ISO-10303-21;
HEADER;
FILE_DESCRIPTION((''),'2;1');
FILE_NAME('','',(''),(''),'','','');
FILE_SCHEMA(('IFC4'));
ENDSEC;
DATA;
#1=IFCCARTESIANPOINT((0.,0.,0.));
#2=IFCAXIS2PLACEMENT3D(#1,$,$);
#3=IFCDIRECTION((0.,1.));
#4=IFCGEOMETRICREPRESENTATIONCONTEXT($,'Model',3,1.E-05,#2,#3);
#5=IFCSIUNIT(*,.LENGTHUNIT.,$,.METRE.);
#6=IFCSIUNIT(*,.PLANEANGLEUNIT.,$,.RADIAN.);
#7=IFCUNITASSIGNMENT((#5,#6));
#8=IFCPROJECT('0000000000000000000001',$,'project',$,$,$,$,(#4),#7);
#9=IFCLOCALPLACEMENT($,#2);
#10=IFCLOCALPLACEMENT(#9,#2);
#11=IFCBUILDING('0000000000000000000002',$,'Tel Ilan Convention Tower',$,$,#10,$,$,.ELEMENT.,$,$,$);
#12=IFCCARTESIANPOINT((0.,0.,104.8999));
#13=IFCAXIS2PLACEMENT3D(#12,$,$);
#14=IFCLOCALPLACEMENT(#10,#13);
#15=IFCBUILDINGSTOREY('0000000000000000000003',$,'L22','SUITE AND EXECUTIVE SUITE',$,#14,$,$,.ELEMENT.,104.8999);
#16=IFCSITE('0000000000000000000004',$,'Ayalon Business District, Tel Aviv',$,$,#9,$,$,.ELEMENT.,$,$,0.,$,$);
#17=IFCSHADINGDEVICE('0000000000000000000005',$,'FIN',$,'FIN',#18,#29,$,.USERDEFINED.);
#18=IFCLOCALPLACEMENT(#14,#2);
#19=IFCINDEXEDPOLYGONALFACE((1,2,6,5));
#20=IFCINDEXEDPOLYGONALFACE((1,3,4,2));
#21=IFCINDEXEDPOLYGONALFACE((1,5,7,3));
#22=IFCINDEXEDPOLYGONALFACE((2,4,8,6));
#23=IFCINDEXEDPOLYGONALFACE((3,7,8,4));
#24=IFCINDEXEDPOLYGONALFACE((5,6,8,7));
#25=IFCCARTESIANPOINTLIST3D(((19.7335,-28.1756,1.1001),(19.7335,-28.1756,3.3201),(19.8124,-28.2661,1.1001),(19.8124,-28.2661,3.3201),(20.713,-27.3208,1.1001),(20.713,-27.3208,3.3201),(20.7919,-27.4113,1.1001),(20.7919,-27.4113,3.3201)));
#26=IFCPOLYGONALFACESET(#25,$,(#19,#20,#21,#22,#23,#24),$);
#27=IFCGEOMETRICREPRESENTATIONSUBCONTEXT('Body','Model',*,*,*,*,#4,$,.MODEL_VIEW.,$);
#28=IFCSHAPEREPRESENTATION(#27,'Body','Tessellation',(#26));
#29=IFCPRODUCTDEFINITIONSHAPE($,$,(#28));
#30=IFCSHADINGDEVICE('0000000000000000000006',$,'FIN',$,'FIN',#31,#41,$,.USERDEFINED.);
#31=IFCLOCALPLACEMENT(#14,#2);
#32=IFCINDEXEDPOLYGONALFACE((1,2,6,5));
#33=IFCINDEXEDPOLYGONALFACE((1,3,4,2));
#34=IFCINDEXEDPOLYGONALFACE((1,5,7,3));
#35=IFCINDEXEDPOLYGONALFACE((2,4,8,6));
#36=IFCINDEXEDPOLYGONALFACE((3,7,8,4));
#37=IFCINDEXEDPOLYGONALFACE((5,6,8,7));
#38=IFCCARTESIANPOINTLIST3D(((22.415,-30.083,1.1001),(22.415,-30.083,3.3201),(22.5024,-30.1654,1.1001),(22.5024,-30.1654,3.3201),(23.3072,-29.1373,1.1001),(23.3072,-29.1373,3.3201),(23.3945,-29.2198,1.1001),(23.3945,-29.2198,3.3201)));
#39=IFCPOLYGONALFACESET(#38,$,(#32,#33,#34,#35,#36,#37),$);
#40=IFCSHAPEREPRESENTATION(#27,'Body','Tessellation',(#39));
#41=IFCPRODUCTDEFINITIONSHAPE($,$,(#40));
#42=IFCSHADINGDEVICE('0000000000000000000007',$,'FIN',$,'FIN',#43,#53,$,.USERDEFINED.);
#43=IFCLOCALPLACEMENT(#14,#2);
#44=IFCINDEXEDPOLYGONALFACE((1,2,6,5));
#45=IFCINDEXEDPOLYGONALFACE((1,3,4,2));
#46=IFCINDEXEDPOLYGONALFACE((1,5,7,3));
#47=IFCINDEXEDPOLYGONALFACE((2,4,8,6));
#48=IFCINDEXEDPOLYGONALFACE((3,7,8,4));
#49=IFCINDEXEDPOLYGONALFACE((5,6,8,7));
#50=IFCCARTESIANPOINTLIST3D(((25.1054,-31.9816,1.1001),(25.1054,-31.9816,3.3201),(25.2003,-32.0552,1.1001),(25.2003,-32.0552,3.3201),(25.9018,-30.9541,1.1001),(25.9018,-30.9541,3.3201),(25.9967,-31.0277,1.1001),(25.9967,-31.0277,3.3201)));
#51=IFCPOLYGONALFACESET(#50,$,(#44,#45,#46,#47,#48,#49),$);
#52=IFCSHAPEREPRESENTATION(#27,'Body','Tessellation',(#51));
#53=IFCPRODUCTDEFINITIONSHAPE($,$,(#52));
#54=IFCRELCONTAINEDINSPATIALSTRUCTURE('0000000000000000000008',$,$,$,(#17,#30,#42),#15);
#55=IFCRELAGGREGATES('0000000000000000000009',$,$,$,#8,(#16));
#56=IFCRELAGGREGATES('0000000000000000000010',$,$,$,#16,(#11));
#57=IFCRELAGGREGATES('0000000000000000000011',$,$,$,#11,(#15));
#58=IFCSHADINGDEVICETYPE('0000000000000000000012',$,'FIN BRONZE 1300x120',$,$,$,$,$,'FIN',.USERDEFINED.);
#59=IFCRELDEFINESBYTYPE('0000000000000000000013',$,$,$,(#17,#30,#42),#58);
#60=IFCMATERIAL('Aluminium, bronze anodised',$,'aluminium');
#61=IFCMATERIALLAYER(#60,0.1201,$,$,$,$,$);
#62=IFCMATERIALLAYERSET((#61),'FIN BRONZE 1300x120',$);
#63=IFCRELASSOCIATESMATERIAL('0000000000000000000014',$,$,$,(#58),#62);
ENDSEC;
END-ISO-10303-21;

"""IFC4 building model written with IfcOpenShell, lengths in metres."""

from ifc_helpers import new_model, si_unit, direction, frame, origin, origin_2d, place, context, subcontext, project, spatial, rectangle, extrude, material, layer, layer_set, type_object, element, save


model = new_model("IFC4")

# Units and contexts
model_context = context("Model", 3, precision=1e-05, world=origin(), true_north=direction((0.0, 1.0)))
body_context = subcontext(model_context, "Body", "Model", "MODEL_VIEW")
ifc_project = project(units=[si_unit("LENGTHUNIT", "METRE"), si_unit("PLANEANGLEUNIT", "RADIAN")], contexts=[model_context])

# Site, building, storey
site_placement = place(None, origin())
site = spatial("IfcSite", under=ifc_project, at=site_placement, Name="Ayalon Business District, Tel Aviv", CompositionType="ELEMENT", RefElevation=0.0)
building_placement = place(site_placement, origin())
building = spatial("IfcBuilding", under=site, at=building_placement, Name="Tel Ilan Convention Tower", CompositionType="ELEMENT")
storey_placement = place(building_placement, frame((0.0, 0.0, 104.8999)))
storey = spatial("IfcBuildingStorey", under=building, at=storey_placement, Name="L22", Description="SUITE AND EXECUTIVE SUITE", CompositionType="ELEMENT", Elevation=104.8999)

# Shading devices
ifc_material_1 = material(Name="Aluminium, bronze anodised", Category="aluminium")
ifc_layer_1 = layer(ifc_material_1, 0.1201)
ifc_layer_set_1 = layer_set([ifc_layer_1], Name="FIN BRONZE 1300x120")
shading_device_type = type_object("IfcShadingDeviceType", Name="FIN BRONZE 1300x120", ElementType="FIN", PredefinedType="USERDEFINED", material=ifc_layer_set_1)
for number, where, z_axis, x_axis, name in (
    (1, (20.2627, -27.7935, 1.1001), (0.0, 0.0, 1.0), (-0.753436, -0.657521, 0.0), "FIN"),
    (2, (22.9048, -29.6514, 1.1001), (0.0, 0.0, 1.0), (-0.686242, -0.727374, 0.0), "FIN"),
    (3, (25.551, -31.5046, 1.1001), (0.0, 0.0, 1.0), (-0.612601, -0.790393, 0.0), "FIN"),
):
    element("IfcShadingDevice", number, at=place(storey_placement, frame(where, z_axis=z_axis, x_axis=x_axis)), inside=storey, type_object=shading_device_type, Name=name, ObjectType="FIN", PredefinedType="USERDEFINED", context=body_context, shape_type="SweptSolid", body=[
        extrude(rectangle(XDim=1.3, YDim=0.1201, at=origin_2d()), origin(), (0.0, 0.0, 1.0), 2.22),
    ])

save(model, "model.ifc")
